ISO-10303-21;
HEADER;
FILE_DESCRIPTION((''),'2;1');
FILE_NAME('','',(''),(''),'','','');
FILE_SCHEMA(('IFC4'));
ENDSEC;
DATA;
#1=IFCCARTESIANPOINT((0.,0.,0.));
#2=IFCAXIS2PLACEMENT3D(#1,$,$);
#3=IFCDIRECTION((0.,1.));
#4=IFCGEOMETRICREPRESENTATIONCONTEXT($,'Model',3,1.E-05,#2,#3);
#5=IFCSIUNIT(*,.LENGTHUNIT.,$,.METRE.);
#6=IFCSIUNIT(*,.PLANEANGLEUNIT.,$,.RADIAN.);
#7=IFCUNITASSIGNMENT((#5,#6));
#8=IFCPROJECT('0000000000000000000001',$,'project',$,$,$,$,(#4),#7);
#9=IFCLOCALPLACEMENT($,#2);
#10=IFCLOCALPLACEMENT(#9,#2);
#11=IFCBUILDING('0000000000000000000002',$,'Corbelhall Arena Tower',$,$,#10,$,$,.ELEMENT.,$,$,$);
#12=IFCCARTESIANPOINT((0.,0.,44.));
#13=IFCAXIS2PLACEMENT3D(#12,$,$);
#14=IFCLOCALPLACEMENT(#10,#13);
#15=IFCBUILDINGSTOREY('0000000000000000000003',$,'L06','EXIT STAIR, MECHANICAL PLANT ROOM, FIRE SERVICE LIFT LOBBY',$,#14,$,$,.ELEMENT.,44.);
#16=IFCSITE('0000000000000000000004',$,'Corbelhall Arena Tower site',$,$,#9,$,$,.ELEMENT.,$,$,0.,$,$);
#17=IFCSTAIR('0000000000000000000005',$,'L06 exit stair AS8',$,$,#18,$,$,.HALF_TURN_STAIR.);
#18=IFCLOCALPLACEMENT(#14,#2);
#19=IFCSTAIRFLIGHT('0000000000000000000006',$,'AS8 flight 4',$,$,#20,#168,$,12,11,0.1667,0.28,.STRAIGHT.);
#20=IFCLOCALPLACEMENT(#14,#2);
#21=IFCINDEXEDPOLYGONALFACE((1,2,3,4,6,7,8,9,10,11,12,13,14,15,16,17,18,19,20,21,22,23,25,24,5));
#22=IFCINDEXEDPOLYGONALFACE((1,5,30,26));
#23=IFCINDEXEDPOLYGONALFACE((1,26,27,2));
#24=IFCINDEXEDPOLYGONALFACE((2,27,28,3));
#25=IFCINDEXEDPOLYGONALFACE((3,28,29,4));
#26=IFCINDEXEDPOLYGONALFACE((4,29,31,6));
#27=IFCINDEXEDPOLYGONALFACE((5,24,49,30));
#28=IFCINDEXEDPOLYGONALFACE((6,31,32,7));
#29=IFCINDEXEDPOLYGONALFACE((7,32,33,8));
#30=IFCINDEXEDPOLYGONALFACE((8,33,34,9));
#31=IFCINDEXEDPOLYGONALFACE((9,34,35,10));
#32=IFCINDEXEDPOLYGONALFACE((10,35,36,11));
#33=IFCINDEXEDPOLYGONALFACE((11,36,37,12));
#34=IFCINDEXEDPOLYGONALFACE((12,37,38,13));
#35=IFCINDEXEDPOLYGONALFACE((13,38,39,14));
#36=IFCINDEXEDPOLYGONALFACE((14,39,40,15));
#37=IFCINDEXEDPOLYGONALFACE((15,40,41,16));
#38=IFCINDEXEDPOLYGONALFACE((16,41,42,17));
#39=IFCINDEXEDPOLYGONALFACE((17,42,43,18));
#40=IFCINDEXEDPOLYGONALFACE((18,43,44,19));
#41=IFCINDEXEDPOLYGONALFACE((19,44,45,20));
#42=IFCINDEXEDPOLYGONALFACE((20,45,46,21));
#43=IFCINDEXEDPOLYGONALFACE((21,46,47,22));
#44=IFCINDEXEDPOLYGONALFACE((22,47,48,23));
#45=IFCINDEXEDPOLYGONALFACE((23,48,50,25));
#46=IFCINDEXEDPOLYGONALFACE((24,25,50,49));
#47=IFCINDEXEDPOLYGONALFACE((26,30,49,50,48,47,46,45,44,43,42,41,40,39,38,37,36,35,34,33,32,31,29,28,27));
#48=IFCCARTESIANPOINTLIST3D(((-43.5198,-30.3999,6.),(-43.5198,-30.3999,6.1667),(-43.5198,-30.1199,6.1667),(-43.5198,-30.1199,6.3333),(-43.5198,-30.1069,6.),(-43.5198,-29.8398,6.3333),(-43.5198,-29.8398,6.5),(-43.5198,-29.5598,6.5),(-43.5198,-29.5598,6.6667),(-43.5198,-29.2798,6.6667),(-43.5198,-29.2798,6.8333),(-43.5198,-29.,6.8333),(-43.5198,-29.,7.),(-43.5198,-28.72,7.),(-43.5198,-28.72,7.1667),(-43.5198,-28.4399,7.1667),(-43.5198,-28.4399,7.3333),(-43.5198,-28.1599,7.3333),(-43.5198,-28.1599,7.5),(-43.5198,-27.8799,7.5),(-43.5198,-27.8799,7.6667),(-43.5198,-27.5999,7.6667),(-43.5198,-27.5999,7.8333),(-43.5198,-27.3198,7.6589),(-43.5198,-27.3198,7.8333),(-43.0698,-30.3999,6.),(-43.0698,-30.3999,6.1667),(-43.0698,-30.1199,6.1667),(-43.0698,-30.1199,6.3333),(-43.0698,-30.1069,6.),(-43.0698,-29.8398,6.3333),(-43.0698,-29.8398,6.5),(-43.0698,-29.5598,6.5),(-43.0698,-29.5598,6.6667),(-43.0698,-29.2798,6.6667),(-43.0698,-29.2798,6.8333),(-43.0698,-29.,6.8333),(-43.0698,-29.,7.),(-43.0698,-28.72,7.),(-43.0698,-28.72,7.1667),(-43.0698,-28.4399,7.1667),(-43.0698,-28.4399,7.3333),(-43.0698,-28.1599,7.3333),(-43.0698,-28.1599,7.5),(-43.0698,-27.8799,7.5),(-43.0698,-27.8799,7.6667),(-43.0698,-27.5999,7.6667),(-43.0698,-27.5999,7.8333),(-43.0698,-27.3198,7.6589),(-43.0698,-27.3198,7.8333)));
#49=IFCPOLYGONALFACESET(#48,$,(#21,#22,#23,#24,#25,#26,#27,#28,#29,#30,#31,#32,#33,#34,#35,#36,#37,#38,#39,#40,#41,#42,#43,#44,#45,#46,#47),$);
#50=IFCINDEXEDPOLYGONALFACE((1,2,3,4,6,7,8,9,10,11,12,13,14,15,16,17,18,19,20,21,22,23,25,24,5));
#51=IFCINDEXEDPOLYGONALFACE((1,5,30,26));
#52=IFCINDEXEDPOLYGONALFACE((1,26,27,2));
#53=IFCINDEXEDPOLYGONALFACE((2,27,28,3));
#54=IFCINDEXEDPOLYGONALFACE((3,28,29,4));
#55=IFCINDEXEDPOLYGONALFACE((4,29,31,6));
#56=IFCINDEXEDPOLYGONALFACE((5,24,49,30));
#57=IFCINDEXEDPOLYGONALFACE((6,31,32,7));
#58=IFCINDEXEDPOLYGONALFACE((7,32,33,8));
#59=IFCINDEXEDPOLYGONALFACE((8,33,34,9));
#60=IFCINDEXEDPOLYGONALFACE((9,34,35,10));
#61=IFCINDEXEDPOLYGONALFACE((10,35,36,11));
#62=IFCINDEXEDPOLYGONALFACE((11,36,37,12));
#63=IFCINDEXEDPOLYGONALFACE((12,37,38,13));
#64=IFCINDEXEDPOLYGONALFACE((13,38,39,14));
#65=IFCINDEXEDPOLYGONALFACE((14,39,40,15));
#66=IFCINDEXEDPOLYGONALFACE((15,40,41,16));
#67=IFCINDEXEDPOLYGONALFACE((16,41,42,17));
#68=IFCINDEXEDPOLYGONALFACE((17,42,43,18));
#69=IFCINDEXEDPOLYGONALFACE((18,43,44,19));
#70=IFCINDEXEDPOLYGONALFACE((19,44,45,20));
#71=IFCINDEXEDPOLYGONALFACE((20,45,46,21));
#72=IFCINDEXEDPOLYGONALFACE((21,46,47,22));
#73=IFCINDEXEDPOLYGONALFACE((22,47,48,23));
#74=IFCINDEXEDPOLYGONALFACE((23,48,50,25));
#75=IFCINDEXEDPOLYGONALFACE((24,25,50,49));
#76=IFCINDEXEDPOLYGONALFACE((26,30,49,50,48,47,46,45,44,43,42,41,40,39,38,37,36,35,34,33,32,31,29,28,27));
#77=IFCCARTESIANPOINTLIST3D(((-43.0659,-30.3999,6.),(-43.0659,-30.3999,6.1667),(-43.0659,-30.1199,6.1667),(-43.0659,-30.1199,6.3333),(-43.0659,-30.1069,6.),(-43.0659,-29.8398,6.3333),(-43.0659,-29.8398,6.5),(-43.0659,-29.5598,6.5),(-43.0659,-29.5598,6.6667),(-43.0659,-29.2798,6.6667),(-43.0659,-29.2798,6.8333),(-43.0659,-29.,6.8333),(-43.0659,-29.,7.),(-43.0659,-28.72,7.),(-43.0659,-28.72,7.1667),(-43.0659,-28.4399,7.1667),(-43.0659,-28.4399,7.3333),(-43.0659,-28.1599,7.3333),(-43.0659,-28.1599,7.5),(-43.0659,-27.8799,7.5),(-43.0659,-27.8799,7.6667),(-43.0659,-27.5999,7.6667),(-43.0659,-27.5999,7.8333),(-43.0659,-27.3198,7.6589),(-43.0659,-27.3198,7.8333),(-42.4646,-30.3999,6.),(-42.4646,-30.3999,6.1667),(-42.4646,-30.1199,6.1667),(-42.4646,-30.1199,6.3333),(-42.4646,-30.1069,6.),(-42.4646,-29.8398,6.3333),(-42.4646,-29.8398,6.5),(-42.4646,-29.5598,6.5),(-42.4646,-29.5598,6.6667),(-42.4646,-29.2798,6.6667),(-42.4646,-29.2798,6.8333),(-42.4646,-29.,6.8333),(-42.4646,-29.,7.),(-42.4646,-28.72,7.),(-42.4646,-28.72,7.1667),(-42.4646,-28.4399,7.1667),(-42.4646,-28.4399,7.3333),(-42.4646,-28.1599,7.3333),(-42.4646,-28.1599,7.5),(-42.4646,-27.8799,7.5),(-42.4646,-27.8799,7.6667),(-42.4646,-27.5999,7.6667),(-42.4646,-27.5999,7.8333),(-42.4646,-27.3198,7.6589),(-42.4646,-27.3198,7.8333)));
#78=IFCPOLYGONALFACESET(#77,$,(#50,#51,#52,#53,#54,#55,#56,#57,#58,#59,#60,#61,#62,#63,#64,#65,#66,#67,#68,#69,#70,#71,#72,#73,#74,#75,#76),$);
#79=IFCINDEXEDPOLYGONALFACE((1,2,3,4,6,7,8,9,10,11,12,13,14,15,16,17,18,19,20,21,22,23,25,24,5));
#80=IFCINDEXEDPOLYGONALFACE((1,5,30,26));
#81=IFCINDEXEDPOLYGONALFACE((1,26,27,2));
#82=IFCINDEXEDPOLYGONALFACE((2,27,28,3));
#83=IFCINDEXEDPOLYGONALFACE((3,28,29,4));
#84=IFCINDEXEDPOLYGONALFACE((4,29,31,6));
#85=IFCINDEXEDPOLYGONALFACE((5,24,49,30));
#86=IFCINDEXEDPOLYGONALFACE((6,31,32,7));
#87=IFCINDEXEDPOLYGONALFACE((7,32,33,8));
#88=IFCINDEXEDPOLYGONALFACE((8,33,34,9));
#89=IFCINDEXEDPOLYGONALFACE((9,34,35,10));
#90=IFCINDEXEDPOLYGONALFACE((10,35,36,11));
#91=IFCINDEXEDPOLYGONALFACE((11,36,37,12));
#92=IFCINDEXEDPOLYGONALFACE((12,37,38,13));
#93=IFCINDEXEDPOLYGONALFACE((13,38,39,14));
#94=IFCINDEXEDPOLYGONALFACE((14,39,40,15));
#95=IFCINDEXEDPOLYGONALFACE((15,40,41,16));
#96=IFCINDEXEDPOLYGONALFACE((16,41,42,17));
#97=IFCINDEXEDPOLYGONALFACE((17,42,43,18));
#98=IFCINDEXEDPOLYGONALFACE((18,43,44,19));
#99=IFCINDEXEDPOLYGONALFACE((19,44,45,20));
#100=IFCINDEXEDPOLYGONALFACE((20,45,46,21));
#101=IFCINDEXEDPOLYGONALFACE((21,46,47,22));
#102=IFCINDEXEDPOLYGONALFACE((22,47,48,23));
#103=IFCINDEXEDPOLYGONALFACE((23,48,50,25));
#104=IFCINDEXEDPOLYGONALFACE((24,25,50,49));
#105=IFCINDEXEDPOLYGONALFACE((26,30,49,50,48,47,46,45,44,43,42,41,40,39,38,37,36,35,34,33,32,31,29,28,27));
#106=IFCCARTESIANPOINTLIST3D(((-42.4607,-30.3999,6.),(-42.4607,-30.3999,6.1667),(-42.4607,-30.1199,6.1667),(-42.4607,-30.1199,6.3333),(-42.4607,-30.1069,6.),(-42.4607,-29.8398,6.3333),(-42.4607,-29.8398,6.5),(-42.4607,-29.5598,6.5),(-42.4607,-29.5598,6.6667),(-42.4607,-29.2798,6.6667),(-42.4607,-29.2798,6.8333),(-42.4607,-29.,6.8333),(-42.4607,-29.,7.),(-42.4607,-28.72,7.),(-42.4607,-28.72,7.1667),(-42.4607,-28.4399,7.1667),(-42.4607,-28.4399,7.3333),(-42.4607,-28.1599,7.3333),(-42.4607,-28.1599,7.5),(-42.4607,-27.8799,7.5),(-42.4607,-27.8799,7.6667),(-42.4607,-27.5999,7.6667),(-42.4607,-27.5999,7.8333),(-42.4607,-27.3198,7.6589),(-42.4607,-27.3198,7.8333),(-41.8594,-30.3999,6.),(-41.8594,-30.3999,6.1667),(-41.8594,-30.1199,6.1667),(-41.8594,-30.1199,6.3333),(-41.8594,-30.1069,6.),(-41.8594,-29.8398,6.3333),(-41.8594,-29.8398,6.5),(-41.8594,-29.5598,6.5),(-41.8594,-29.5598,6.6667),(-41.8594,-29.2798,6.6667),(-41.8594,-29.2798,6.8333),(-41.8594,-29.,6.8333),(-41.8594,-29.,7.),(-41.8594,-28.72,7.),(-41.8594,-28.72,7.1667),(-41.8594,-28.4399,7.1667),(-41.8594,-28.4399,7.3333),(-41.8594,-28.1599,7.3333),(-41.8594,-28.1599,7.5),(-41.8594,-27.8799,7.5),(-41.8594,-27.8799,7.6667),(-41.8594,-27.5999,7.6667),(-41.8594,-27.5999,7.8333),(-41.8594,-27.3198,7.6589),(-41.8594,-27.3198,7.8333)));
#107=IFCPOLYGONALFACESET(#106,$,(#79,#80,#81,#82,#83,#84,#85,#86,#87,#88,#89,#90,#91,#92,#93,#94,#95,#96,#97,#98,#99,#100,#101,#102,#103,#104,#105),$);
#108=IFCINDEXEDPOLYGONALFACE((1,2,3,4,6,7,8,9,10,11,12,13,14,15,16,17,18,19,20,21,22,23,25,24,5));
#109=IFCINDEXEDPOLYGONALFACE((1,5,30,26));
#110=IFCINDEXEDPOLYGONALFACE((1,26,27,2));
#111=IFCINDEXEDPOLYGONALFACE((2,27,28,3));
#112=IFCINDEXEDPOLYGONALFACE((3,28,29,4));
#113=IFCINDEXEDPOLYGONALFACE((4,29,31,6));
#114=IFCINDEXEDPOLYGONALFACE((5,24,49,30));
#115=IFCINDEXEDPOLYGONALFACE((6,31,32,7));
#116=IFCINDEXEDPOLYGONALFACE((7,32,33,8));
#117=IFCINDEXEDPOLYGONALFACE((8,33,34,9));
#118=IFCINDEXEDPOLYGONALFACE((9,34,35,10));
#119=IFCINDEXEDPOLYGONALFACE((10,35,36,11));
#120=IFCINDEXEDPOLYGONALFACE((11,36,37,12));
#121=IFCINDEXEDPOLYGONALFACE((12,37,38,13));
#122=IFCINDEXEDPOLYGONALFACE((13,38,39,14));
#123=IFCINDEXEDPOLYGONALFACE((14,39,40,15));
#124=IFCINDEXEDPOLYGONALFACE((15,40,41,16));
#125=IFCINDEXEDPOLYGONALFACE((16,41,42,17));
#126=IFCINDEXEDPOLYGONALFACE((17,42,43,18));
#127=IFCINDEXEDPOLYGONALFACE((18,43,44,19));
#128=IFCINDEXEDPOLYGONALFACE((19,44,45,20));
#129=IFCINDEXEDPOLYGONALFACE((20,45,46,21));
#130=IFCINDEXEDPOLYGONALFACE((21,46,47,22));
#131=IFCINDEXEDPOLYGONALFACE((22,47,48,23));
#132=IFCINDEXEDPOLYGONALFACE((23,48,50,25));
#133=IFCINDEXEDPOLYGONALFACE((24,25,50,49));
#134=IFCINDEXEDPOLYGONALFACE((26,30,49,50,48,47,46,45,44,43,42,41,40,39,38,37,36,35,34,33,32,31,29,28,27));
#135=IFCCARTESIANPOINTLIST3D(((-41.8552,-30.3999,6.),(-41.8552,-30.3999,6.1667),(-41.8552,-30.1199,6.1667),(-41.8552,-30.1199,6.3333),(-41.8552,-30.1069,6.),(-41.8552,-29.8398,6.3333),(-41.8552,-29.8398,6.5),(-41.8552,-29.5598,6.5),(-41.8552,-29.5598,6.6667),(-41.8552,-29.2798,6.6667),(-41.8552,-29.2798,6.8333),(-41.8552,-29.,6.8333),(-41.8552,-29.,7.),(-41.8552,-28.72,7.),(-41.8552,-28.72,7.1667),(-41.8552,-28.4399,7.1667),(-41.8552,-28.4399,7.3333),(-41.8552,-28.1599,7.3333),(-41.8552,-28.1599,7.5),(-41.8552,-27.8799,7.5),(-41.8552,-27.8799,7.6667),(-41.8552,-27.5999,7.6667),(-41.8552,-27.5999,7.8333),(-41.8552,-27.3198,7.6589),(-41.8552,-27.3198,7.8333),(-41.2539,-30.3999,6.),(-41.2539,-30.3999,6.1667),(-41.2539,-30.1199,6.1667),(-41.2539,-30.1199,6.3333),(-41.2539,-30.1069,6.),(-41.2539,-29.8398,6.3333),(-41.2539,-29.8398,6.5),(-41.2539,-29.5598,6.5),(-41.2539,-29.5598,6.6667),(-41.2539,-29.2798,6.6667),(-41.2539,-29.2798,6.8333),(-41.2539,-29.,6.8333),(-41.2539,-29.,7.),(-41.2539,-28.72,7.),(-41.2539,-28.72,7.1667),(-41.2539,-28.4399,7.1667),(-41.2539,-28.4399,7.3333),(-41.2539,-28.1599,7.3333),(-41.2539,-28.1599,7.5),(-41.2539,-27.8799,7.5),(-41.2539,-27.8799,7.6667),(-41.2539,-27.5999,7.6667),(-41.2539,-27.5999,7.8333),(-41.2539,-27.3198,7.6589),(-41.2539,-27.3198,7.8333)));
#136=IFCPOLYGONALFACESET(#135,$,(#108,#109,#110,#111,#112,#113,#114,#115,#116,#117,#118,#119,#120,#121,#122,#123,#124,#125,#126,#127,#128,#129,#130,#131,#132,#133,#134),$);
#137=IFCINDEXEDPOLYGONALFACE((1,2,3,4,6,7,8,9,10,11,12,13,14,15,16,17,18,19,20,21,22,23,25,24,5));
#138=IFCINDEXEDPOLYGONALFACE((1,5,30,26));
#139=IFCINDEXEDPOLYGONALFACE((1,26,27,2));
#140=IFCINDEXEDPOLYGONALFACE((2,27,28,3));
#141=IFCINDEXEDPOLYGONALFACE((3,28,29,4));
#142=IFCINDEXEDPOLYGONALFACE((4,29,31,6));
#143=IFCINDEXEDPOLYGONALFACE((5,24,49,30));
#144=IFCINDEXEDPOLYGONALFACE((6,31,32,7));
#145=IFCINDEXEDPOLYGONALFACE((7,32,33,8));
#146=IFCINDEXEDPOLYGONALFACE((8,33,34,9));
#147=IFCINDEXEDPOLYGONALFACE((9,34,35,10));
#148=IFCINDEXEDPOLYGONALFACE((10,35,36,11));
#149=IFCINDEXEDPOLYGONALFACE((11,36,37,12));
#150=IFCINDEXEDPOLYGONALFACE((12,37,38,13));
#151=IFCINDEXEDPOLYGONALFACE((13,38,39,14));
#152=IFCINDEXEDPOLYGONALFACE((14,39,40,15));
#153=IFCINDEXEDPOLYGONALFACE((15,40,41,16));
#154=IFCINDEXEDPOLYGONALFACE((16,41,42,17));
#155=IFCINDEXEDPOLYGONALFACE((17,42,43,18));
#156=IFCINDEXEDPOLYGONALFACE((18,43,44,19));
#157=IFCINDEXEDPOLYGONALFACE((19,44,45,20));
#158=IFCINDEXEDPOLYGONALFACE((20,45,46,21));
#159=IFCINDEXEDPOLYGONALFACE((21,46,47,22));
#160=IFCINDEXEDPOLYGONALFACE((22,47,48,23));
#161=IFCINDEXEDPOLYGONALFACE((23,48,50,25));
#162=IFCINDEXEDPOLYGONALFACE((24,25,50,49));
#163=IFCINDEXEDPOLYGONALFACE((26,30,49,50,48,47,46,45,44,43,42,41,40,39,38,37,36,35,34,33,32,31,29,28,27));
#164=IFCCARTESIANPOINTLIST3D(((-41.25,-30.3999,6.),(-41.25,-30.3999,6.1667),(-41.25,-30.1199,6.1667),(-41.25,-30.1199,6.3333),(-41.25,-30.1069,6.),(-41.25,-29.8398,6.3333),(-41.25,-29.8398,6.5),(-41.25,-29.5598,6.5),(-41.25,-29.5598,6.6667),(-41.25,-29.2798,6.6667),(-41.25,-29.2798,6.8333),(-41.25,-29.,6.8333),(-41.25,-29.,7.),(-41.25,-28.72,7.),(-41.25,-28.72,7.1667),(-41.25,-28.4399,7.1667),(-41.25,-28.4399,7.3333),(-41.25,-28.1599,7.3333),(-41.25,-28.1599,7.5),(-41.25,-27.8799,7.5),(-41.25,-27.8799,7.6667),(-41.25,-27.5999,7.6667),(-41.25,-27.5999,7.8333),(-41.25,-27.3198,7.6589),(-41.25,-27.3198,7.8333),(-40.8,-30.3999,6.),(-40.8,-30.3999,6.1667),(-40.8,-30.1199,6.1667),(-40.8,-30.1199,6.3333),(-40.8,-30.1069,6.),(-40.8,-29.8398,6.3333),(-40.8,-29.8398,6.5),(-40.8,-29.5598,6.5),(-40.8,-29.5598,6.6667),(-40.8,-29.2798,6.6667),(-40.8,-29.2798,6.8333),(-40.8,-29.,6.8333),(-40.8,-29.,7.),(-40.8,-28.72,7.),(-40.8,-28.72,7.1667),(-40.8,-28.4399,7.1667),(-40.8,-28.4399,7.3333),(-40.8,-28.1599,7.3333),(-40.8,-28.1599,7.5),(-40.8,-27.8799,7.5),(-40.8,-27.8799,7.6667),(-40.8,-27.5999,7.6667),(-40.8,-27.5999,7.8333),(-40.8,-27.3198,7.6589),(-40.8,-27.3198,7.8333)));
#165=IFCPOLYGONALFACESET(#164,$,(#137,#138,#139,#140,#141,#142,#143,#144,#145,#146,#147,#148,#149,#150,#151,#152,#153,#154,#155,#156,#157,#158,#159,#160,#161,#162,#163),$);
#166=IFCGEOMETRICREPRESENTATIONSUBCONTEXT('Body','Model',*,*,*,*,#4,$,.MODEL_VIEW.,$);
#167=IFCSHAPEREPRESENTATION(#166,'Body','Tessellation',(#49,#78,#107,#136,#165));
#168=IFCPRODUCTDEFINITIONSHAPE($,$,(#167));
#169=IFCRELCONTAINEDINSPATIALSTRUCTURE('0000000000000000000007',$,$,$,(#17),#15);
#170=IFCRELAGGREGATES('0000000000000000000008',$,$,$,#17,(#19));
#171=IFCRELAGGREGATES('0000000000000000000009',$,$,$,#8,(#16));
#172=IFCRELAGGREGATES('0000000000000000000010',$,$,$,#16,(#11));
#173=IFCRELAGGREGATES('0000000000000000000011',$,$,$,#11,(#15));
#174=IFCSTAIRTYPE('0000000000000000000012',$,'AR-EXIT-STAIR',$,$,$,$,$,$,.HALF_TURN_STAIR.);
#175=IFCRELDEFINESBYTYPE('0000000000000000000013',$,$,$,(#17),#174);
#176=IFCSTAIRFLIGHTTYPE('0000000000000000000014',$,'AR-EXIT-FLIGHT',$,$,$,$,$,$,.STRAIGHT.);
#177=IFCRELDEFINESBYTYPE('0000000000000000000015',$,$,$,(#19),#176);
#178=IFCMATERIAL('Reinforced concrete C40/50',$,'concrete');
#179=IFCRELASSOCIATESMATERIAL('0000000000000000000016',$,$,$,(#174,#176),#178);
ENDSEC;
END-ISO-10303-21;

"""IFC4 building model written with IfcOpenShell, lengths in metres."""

from ifc_helpers import new_model, si_unit, direction, frame, origin, place, context, subcontext, project, spatial, polyline, outline, extrude, material, type_object, element, aggregate, save


model = new_model("IFC4")

# Units and contexts
model_context = context("Model", 3, precision=1e-05, world=origin(), true_north=direction((0.0, 1.0)))
body_context = subcontext(model_context, "Body", "Model", "MODEL_VIEW")
ifc_project = project(units=[si_unit("LENGTHUNIT", "METRE"), si_unit("PLANEANGLEUNIT", "RADIAN")], contexts=[model_context])

# Site, building, storey
site_placement = place(None, origin())
site = spatial("IfcSite", under=ifc_project, at=site_placement, Name="Corbelhall Arena Tower site", CompositionType="ELEMENT", RefElevation=0.0)
building_placement = place(site_placement, origin())
building = spatial("IfcBuilding", under=site, at=building_placement, Name="Corbelhall Arena Tower", CompositionType="ELEMENT")
storey_placement = place(building_placement, frame((0.0, 0.0, 44.0)))
storey = spatial("IfcBuildingStorey", under=building, at=storey_placement, Name="L06", Description="EXIT STAIR, MECHANICAL PLANT ROOM, FIRE SERVICE LIFT LOBBY", CompositionType="ELEMENT", Elevation=44.0)

# Shared definitions
ifc_material_1 = material(Name="Reinforced concrete C40/50", Category="concrete")

# Stair, stair flight
stair_type = type_object("IfcStairType", Name="AR-EXIT-STAIR", PredefinedType="HALF_TURN_STAIR", material=ifc_material_1)
stair_flight_type = type_object("IfcStairFlightType", Name="AR-EXIT-FLIGHT", PredefinedType="STRAIGHT", material=ifc_material_1)
stair_1_placement = place(storey_placement, origin())
stair_1 = element("IfcStair", 1, at=stair_1_placement, inside=storey, type_object=stair_type, Name="L06 exit stair AS8", PredefinedType="HALF_TURN_STAIR")
stair_flight_1_placement = place(storey_placement, frame((-42.1599, -30.3999, 6.0), z_axis=(0.0, 0.0, 1.0), x_axis=(0.0, 1.0, 0.0)))
stair_flight_1 = element("IfcStairFlight", 2, at=stair_flight_1_placement, type_object=stair_flight_type, Name="AS8 flight 4", NumberOfRisers=12, NumberOfTreads=11, PredefinedType="STRAIGHT", RiserHeight=0.1667, TreadLength=0.28, context=body_context, shape_type="SweptSolid", body=[
    extrude(outline(polyline([(0.0, 0.0), (0.0, 0.1667), (0.28, 0.1667), (0.28, 0.3333), (0.5601, 0.3333), (0.5601, 0.5), (0.8401, 0.5), (0.8401, 0.6667), (1.1201, 0.6667), (1.1201, 0.8333), (1.3999, 0.8333), (1.3999, 1.0), (1.6799, 1.0), (1.6799, 1.1667), (1.96, 1.1667), (1.96, 1.3333), (2.24, 1.3333), (2.24, 1.5), (2.52, 1.5), (2.52, 1.6667), (2.8, 1.6667), (2.8, 1.8333), (3.0801, 1.8333), (3.0801, 2.0), (3.0801, 1.6589), (0.293, 0.0), (0.0, 0.0)])), frame((0.0, 1.3599, 0.0), z_axis=(0.0, -1.0, 0.0), x_axis=(1.0, 0.0, 0.0)), (0.0, 0.0, 1.0), 0.45),
    extrude(outline(polyline([(0.0, 0.0), (0.0, 0.1667), (0.28, 0.1667), (0.28, 0.3333), (0.5601, 0.3333), (0.5601, 0.5), (0.8401, 0.5), (0.8401, 0.6667), (1.1201, 0.6667), (1.1201, 0.8333), (1.3999, 0.8333), (1.3999, 1.0), (1.6799, 1.0), (1.6799, 1.1667), (1.96, 1.1667), (1.96, 1.3333), (2.24, 1.3333), (2.24, 1.5), (2.52, 1.5), (2.52, 1.6667), (2.8, 1.6667), (2.8, 1.8333), (3.0801, 1.8333), (3.0801, 2.0), (3.0801, 1.6589), (0.293, 0.0), (0.0, 0.0)])), frame((0.0, 0.906, 0.0), z_axis=(0.0, -1.0, 0.0), x_axis=(1.0, 0.0, 0.0)), (0.0, 0.0, 1.0), 0.6013),
    extrude(outline(polyline([(0.0, 0.0), (0.0, 0.1667), (0.28, 0.1667), (0.28, 0.3333), (0.5601, 0.3333), (0.5601, 0.5), (0.8401, 0.5), (0.8401, 0.6667), (1.1201, 0.6667), (1.1201, 0.8333), (1.3999, 0.8333), (1.3999, 1.0), (1.6799, 1.0), (1.6799, 1.1667), (1.96, 1.1667), (1.96, 1.3333), (2.24, 1.3333), (2.24, 1.5), (2.52, 1.5), (2.52, 1.6667), (2.8, 1.6667), (2.8, 1.8333), (3.0801, 1.8333), (3.0801, 2.0), (3.0801, 1.6589), (0.293, 0.0), (0.0, 0.0)])), frame((0.0, 0.3008, 0.0), z_axis=(0.0, -1.0, 0.0), x_axis=(1.0, 0.0, 0.0)), (0.0, 0.0, 1.0), 0.6013),
    extrude(outline(polyline([(0.0, 0.0), (0.0, 0.1667), (0.28, 0.1667), (0.28, 0.3333), (0.5601, 0.3333), (0.5601, 0.5), (0.8401, 0.5), (0.8401, 0.6667), (1.1201, 0.6667), (1.1201, 0.8333), (1.3999, 0.8333), (1.3999, 1.0), (1.6799, 1.0), (1.6799, 1.1667), (1.96, 1.1667), (1.96, 1.3333), (2.24, 1.3333), (2.24, 1.5), (2.52, 1.5), (2.52, 1.6667), (2.8, 1.6667), (2.8, 1.8333), (3.0801, 1.8333), (3.0801, 2.0), (3.0801, 1.6589), (0.293, 0.0), (0.0, 0.0)])), frame((0.0, -0.3047, 0.0), z_axis=(0.0, -1.0, 0.0), x_axis=(1.0, 0.0, 0.0)), (0.0, 0.0, 1.0), 0.6013),
    extrude(outline(polyline([(0.0, 0.0), (0.0, 0.1667), (0.28, 0.1667), (0.28, 0.3333), (0.5601, 0.3333), (0.5601, 0.5), (0.8401, 0.5), (0.8401, 0.6667), (1.1201, 0.6667), (1.1201, 0.8333), (1.3999, 0.8333), (1.3999, 1.0), (1.6799, 1.0), (1.6799, 1.1667), (1.96, 1.1667), (1.96, 1.3333), (2.24, 1.3333), (2.24, 1.5), (2.52, 1.5), (2.52, 1.6667), (2.8, 1.6667), (2.8, 1.8333), (3.0801, 1.8333), (3.0801, 2.0), (3.0801, 1.6589), (0.293, 0.0), (0.0, 0.0)])), frame((0.0, -0.9099, 0.0), z_axis=(0.0, -1.0, 0.0), x_axis=(1.0, 0.0, 0.0)), (0.0, 0.0, 1.0), 0.45),
])
aggregate(stair_1, [stair_flight_1])

save(model, "model.ifc")
